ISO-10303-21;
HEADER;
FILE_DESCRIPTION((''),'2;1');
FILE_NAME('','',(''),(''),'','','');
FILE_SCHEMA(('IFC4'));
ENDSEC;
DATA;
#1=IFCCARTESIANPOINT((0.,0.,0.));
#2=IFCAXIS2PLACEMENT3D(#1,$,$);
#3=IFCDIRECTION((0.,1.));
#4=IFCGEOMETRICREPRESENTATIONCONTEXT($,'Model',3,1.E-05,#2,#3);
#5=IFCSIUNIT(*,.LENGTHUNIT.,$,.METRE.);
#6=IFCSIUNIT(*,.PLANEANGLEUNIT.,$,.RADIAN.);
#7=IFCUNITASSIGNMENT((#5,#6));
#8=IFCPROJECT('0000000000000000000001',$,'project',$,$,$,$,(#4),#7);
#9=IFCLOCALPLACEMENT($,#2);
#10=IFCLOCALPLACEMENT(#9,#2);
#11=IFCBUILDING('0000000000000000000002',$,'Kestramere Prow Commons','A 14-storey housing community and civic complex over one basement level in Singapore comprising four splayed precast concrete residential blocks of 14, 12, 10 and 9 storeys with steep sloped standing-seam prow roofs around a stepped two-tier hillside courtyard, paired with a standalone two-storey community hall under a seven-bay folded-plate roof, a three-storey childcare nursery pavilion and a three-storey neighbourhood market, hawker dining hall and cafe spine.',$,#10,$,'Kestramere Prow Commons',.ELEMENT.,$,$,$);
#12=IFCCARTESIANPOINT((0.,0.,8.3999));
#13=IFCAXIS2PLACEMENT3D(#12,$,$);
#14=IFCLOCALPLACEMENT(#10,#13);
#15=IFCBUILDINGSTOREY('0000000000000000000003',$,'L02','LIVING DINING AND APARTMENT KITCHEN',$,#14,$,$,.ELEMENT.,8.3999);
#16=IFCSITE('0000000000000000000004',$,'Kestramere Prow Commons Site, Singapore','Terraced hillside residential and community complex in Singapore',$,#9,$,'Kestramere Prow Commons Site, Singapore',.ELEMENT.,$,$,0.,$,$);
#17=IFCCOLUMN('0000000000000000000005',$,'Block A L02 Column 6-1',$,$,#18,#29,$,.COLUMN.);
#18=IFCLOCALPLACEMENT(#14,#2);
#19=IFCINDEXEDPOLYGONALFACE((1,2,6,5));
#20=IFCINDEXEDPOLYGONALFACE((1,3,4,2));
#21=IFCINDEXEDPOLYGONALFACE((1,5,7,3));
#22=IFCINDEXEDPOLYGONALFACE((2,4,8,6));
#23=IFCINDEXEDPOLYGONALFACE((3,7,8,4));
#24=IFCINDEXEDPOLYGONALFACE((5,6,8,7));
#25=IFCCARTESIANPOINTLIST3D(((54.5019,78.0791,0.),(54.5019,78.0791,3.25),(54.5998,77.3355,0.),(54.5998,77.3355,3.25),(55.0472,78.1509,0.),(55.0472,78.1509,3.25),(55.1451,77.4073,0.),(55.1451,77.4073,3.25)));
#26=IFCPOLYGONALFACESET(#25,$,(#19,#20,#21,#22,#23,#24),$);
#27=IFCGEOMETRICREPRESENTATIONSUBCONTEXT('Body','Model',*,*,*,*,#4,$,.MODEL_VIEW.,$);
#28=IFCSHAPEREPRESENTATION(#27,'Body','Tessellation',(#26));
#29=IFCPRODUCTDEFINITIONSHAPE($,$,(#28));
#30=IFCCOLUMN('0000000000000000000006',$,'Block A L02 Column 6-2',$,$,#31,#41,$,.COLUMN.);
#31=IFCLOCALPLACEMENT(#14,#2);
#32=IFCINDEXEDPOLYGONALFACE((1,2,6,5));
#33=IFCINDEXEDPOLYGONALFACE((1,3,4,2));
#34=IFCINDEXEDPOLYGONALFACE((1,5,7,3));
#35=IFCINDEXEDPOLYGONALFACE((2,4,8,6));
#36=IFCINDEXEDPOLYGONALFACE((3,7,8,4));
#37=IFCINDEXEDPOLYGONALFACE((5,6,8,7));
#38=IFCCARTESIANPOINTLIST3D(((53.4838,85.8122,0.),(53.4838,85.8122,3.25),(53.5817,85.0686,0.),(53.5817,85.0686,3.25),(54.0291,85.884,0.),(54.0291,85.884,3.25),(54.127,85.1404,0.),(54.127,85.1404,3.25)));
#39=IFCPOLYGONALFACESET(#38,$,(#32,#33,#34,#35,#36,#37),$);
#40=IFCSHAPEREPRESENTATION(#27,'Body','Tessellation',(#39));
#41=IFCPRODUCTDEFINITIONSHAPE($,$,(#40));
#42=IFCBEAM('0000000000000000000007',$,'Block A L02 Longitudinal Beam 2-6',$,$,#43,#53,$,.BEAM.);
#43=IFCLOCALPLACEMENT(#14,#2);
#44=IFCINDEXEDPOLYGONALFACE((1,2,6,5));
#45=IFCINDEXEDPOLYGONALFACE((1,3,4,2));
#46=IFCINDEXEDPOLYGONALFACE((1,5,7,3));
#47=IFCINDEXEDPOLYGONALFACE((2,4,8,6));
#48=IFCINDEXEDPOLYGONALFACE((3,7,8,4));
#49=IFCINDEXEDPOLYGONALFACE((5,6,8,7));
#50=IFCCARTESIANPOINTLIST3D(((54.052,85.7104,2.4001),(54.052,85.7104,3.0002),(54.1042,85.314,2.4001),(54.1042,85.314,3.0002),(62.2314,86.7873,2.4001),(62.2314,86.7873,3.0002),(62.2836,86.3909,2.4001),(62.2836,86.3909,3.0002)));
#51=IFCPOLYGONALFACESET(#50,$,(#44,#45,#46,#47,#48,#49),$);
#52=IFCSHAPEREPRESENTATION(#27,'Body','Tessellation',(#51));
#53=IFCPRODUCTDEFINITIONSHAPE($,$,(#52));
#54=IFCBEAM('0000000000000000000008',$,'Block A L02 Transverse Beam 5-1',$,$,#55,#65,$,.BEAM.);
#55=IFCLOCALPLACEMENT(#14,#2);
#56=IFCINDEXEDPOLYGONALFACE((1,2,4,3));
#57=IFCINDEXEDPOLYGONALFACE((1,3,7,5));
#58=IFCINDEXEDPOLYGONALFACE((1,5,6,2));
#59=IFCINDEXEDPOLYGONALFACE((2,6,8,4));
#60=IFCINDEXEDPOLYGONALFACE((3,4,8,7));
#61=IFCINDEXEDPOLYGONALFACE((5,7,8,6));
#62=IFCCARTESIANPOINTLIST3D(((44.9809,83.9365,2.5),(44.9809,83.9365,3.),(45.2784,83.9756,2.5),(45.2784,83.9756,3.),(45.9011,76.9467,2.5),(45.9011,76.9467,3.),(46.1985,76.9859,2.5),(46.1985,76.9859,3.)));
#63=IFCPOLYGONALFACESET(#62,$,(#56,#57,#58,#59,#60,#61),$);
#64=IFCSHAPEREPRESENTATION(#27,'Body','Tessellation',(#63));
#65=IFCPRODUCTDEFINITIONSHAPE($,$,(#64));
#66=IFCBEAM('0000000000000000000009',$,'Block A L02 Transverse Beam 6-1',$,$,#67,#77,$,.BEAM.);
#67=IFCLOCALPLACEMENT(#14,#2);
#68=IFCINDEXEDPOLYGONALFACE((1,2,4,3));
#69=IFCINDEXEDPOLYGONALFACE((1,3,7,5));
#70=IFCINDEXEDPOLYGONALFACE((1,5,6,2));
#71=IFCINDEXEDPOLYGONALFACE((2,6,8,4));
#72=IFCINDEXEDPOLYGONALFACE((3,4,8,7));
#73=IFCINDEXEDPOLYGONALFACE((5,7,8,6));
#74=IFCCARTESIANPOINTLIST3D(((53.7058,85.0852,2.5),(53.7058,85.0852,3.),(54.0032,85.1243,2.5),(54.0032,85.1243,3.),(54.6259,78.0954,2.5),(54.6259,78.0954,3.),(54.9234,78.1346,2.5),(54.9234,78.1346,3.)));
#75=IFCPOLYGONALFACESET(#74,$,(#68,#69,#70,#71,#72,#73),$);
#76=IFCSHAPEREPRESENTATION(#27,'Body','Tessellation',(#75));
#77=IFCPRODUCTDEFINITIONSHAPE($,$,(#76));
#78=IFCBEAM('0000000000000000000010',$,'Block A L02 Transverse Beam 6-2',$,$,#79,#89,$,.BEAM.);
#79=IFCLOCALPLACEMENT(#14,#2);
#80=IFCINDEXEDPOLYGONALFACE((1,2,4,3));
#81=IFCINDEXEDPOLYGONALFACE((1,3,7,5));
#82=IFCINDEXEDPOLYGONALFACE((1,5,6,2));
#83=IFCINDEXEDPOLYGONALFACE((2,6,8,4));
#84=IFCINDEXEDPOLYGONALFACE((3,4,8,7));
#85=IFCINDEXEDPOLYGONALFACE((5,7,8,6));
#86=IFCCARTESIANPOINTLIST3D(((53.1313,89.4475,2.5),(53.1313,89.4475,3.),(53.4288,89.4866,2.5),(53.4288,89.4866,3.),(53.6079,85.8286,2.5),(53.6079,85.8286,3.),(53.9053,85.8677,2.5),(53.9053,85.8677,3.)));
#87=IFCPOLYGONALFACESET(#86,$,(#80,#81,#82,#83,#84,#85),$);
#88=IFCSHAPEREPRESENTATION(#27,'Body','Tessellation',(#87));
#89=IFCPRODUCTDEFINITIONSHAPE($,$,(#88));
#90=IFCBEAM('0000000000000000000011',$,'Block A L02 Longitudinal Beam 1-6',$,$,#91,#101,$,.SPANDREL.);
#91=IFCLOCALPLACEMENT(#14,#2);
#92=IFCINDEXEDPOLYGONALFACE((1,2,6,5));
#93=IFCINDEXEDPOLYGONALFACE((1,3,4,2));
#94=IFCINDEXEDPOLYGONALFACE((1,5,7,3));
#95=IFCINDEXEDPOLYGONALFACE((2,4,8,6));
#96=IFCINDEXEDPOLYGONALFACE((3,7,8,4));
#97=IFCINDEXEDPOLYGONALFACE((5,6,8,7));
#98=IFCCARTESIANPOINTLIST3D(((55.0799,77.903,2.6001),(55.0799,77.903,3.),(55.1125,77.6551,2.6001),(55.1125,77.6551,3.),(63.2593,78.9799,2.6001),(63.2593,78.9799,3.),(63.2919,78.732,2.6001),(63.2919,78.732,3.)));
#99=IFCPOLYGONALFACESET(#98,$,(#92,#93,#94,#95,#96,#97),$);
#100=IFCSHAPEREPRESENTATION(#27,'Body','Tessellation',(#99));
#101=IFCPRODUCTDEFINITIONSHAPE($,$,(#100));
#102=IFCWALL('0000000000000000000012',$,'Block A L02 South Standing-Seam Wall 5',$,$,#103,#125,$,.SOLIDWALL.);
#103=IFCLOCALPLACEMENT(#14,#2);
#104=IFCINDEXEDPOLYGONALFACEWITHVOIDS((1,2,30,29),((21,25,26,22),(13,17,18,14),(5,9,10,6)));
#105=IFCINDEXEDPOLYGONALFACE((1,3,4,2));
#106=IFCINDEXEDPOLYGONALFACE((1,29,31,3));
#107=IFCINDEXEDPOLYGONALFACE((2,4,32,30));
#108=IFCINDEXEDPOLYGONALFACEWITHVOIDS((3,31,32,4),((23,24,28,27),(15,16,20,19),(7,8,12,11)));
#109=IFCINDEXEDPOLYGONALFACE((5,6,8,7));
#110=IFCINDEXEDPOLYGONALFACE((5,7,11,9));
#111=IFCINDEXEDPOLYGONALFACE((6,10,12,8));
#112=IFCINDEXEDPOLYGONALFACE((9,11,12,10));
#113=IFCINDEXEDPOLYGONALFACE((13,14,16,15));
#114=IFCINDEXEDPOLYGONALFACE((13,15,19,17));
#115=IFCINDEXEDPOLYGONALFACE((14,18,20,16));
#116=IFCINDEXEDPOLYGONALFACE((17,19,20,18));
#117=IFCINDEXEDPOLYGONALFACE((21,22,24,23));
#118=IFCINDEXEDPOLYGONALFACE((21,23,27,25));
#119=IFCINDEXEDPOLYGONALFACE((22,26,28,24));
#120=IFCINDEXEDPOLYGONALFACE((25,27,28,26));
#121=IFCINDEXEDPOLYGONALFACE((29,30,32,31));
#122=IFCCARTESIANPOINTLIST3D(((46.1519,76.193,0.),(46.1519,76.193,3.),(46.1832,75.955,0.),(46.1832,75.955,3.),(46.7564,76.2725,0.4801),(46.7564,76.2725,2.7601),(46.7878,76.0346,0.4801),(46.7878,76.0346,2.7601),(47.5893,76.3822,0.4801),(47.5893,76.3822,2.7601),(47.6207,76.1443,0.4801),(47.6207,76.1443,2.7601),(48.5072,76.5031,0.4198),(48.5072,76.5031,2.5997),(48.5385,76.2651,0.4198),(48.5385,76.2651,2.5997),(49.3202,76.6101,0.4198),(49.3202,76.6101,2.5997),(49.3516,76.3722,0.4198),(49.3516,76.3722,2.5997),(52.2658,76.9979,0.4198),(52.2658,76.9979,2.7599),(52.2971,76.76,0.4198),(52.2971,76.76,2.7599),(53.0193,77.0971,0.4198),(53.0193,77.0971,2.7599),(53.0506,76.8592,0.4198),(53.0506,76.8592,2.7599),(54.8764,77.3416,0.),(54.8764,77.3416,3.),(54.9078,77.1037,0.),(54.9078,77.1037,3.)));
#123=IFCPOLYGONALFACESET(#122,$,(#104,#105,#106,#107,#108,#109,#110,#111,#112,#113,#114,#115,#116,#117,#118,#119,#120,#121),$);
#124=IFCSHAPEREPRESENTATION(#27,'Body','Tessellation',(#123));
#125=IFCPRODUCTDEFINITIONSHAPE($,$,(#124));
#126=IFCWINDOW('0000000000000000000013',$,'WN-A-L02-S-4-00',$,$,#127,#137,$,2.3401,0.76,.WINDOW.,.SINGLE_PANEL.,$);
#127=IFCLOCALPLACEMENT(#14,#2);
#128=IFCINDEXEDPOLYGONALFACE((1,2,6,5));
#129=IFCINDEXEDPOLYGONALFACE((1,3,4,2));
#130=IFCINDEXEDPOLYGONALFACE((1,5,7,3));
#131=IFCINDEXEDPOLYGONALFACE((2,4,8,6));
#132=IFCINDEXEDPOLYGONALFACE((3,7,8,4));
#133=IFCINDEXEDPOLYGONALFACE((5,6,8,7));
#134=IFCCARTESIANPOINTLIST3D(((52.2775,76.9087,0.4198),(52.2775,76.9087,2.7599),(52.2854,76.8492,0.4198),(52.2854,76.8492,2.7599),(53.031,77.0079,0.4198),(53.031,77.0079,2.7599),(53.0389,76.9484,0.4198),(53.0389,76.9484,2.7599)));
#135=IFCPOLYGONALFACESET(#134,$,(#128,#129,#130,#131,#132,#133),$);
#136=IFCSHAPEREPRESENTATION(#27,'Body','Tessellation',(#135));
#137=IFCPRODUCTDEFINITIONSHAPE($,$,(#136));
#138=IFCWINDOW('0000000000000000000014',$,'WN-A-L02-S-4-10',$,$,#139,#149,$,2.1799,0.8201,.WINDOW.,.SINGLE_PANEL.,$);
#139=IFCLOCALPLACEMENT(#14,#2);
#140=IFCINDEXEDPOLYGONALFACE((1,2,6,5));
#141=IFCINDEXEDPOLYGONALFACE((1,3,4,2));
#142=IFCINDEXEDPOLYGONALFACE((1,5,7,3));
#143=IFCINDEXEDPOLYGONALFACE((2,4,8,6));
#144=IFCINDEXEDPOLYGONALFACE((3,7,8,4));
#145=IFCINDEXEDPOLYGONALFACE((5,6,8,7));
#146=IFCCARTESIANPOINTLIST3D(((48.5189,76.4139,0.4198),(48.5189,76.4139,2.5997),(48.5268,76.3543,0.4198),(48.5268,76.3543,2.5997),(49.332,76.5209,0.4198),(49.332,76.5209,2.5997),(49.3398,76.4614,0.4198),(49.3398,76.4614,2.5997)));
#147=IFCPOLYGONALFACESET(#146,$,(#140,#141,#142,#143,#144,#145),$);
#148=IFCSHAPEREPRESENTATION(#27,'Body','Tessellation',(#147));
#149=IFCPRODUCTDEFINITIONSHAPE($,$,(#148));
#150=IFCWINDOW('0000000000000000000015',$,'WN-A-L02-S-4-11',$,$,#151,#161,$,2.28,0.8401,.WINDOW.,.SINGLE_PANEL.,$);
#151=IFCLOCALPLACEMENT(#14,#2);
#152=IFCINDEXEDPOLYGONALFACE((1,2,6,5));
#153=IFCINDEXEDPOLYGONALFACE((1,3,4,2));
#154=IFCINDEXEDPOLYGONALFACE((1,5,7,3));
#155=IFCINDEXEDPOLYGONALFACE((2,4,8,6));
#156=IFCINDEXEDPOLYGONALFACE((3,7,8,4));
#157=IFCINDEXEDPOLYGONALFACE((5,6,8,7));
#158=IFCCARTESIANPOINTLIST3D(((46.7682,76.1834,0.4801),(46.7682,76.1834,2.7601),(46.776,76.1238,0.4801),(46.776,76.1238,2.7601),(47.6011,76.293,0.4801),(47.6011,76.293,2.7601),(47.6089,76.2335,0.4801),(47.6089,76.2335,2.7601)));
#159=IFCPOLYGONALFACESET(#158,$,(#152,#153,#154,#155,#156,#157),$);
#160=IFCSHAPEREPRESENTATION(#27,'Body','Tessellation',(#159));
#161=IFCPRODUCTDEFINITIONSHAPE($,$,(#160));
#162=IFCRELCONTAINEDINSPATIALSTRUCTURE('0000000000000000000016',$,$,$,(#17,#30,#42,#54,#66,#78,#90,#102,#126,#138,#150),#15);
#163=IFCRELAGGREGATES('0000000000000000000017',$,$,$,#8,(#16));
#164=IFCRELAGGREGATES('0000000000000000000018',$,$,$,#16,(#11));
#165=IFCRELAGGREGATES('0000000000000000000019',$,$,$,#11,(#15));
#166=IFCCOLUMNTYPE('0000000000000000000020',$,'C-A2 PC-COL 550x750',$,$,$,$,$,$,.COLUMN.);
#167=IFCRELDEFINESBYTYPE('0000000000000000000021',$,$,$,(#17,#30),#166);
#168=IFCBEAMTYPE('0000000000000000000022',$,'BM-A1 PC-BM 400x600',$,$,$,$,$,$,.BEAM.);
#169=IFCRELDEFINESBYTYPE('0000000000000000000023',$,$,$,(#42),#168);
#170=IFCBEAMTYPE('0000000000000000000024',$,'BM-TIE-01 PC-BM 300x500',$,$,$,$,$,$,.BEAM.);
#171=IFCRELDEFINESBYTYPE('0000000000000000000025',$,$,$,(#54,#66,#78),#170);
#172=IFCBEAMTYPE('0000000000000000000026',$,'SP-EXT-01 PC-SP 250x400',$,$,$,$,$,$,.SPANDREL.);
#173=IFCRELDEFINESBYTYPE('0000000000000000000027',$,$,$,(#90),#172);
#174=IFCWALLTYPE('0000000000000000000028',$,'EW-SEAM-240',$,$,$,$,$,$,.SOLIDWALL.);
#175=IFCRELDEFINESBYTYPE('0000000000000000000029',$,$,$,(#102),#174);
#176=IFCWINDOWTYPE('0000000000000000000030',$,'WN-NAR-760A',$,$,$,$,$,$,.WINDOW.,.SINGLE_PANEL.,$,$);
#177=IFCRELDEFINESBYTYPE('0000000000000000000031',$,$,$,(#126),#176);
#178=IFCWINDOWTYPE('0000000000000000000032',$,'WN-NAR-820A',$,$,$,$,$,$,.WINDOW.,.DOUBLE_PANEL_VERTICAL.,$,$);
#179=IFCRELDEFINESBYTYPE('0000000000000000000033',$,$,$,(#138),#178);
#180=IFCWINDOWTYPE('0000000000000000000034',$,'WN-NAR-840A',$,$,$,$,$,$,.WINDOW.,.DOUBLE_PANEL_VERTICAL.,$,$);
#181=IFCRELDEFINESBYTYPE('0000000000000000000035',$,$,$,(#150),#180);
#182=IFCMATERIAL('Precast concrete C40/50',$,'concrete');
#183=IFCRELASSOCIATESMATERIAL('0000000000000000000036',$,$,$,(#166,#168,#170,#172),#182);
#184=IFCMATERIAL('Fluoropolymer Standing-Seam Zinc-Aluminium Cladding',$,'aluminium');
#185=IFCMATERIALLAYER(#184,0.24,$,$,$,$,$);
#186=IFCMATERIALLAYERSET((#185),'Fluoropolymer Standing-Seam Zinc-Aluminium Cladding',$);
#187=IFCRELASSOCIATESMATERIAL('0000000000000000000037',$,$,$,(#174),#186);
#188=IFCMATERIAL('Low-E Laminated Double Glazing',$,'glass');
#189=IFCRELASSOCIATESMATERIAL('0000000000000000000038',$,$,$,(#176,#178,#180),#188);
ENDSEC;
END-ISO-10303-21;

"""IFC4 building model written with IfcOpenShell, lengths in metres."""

from ifc_helpers import new_model, si_unit, direction, frame, frame_2d, origin, origin_2d, place, context, subcontext, project, spatial, rectangle, extrude, material, layer, layer_set, material_profile, profile_set, type_object, element, fill, save


model = new_model("IFC4")

# Units and contexts
model_context = context("Model", 3, precision=1e-05, world=origin(), true_north=direction((0.0, 1.0)))
body_context = subcontext(model_context, "Body", "Model", "MODEL_VIEW")
ifc_project = project(units=[si_unit("LENGTHUNIT", "METRE"), si_unit("PLANEANGLEUNIT", "RADIAN")], contexts=[model_context])

# Site, building, storey
site_placement = place(None, origin())
site = spatial("IfcSite", under=ifc_project, at=site_placement, Name="Kestramere Prow Commons Site, Singapore", Description="Terraced hillside residential and community complex in Singapore", LongName="Kestramere Prow Commons Site, Singapore", CompositionType="ELEMENT", RefElevation=0.0)
building_placement = place(site_placement, origin())
building = spatial("IfcBuilding", under=site, at=building_placement, Name="Kestramere Prow Commons", Description="A 14-storey housing community and civic complex over one basement level in Singapore comprising four splayed precast concrete residential blocks of 14, 12, 10 and 9 storeys with steep sloped standing-seam prow roofs around a stepped two-tier hillside courtyard, paired with a standalone two-storey community hall under a seven-bay folded-plate roof, a three-storey childcare nursery pavilion and a three-storey neighbourhood market, hawker dining hall and cafe spine.", LongName="Kestramere Prow Commons", CompositionType="ELEMENT")
storey_placement = place(building_placement, frame((0.0, 0.0, 8.3999)))
storey = spatial("IfcBuildingStorey", under=building, at=storey_placement, Name="L02", Description="LIVING DINING AND APARTMENT KITCHEN", CompositionType="ELEMENT", Elevation=8.3999)

# Columns
ifc_material_1 = material(Name="Precast concrete C40/50", Category="concrete")
ifc_material_profile_1 = material_profile(ifc_material_1, rectangle(XDim=0.55, YDim=0.75, at=origin_2d()), Name="PC-COL 550x750")
ifc_profile_set_1 = profile_set([ifc_material_profile_1], Name="Precast concrete C40/50")
column_type = type_object("IfcColumnType", Name="C-A2 PC-COL 550x750", PredefinedType="COLUMN", material=ifc_profile_set_1)
for number, where, z_axis, x_axis, name in (
    (1, (54.8235, 77.7432, 0.0), (0.0, 0.0, 1.0), (0.991445, 0.130526, 0.0), "Block A L02 Column 6-1"),
    (2, (53.8054, 85.4763, 0.0), (0.0, 0.0, 1.0), (0.991445, 0.130526, 0.0), "Block A L02 Column 6-2"),
):
    element("IfcColumn", number, at=place(storey_placement, frame(where, z_axis=z_axis, x_axis=x_axis)), inside=storey, type_object=column_type, Name=name, PredefinedType="COLUMN", context=body_context, shape_type="SweptSolid", body=[
        extrude(rectangle(XDim=0.55, YDim=0.75, at=origin_2d()), origin(), (0.0, 0.0, 1.0), 3.25),
    ])

# Beams
ifc_material_profile_2 = material_profile(ifc_material_1, rectangle(XDim=0.3999, YDim=0.6001, at=origin_2d()), Name="PC-BM 400x600")
ifc_profile_set_2 = profile_set([ifc_material_profile_2], Name="Precast concrete C40/50")
beam_type_1 = type_object("IfcBeamType", Name="BM-A1 PC-BM 400x600", PredefinedType="BEAM", material=ifc_profile_set_2)
beam_1_placement = place(storey_placement, frame((54.0781, 85.5122, 2.7002), z_axis=(0.991444, 0.130533, 0.0), x_axis=(-0.130533, 0.991444, 0.0)))
element("IfcBeam", 3, at=beam_1_placement, inside=storey, type_object=beam_type_1, Name="Block A L02 Longitudinal Beam 2-6", PredefinedType="BEAM", context=body_context, shape_type="SweptSolid", body=[
    extrude(rectangle(XDim=0.3999, YDim=0.6001, at=origin_2d()), origin(), (0.0, 0.0, 1.0), 8.25),
])
ifc_material_profile_3 = material_profile(ifc_material_1, rectangle(XDim=0.3, YDim=0.5, at=origin_2d()), Name="PC-BM 300x500")
ifc_profile_set_3 = profile_set([ifc_material_profile_3], Name="Precast concrete C40/50")
beam_type_2 = type_object("IfcBeamType", Name="BM-TIE-01 PC-BM 300x500", PredefinedType="BEAM", material=ifc_profile_set_3)
for number, where, z_axis, x_axis, name in (
    (4, (46.0498, 76.9663, 2.75), (-0.130519, 0.991446, 0.0), (-0.991446, -0.130519, 0.0), "Block A L02 Transverse Beam 5-1"),
    (5, (54.7747, 78.115, 2.75), (-0.130519, 0.991446, 0.0), (-0.991446, -0.130519, 0.0), "Block A L02 Transverse Beam 6-1"),
):
    element("IfcBeam", number, at=place(storey_placement, frame(where, z_axis=z_axis, x_axis=x_axis)), inside=storey, type_object=beam_type_2, Name=name, PredefinedType="BEAM", context=body_context, shape_type="SweptSolid", body=[
        extrude(rectangle(XDim=0.3, YDim=0.5, at=origin_2d()), origin(), (0.0, 0.0, 1.0), 7.05),
    ])
beam_2_placement = place(storey_placement, frame((53.7566, 85.8481, 2.75), z_axis=(-0.13056, 0.99144, 0.0), x_axis=(-0.99144, -0.13056, 0.0)))
element("IfcBeam", 6, at=beam_2_placement, inside=storey, type_object=beam_type_2, Name="Block A L02 Transverse Beam 6-2", PredefinedType="BEAM", context=body_context, shape_type="SweptSolid", body=[
    extrude(rectangle(XDim=0.3, YDim=0.5, at=origin_2d()), origin(), (0.0, 0.0, 1.0), 3.6501),
])
ifc_material_profile_4 = material_profile(ifc_material_1, rectangle(XDim=0.25, YDim=0.3999, at=origin_2d()), Name="PC-SP 250x400")
ifc_profile_set_4 = profile_set([ifc_material_profile_4], Name="Precast concrete C40/50")
beam_type_3 = type_object("IfcBeamType", Name="SP-EXT-01 PC-SP 250x400", PredefinedType="SPANDREL", material=ifc_profile_set_4)
beam_3_placement = place(storey_placement, frame((55.0962, 77.7791, 2.8), z_axis=(0.991444, 0.130533, 0.0), x_axis=(-0.130533, 0.991444, 0.0)))
element("IfcBeam", 7, at=beam_3_placement, inside=storey, type_object=beam_type_3, Name="Block A L02 Longitudinal Beam 1-6", PredefinedType="SPANDREL", context=body_context, shape_type="SweptSolid", body=[
    extrude(rectangle(XDim=0.25, YDim=0.3999, at=origin_2d()), origin(), (0.0, 0.0, 1.0), 8.25),
])

# Wall, openings, windows
ifc_material_2 = material(Name="Fluoropolymer Standing-Seam Zinc-Aluminium Cladding", Category="aluminium")
ifc_layer_1 = layer(ifc_material_2, 0.24)
ifc_layer_set_1 = layer_set([ifc_layer_1], Name="Fluoropolymer Standing-Seam Zinc-Aluminium Cladding")
wall_type_1 = type_object("IfcWallType", Name="EW-SEAM-240", PredefinedType="SOLIDWALL", material=ifc_layer_set_1)
wall_1_placement = place(storey_placement, frame((54.8921, 77.2227, 0.0), z_axis=(0.0, 0.0, 1.0), x_axis=(-0.991444, -0.130533, 0.0)))
wall_1 = element("IfcWall", 8, at=wall_1_placement, inside=storey, type_object=wall_type_1, Name="Block A L02 South Standing-Seam Wall 5", PredefinedType="SOLIDWALL", context=body_context, shape_type="SweptSolid", body=[
    extrude(rectangle(XDim=8.7998, YDim=0.24, at=frame_2d((4.3999, 0.0))), origin(), (0.0, 0.0, 1.0), 3.0),
])
opening_1_placement = place(wall_1_placement, frame((1.8733, 0.0, 0.4199)))
opening_1 = element("IfcOpeningElement", 9, at=opening_1_placement, cuts=wall_1, PredefinedType="OPENING", context=body_context, shape_type="SweptSolid", body=[
    extrude(rectangle(XDim=0.76, YDim=2.3401, at=frame_2d((0.3799, 1.1699))), frame((0.0, 0.135, 0.0), z_axis=(0.0, -1.0, 0.0), x_axis=(1.0, 0.0, 0.0)), (0.0, 0.0, 1.0), 0.27),
])
opening_2_placement = place(wall_1_placement, frame((5.604, 0.0, 0.4199)))
opening_2 = element("IfcOpeningElement", 10, at=opening_2_placement, cuts=wall_1, PredefinedType="OPENING", context=body_context, shape_type="SweptSolid", body=[
    extrude(rectangle(XDim=0.8201, YDim=2.1799, at=frame_2d((0.4102, 1.0898))), frame((0.0, 0.135, 0.0), z_axis=(0.0, -1.0, 0.0), x_axis=(1.0, 0.0, 0.0)), (0.0, 0.0, 1.0), 0.27),
])
opening_3_placement = place(wall_1_placement, frame((7.3501, 0.0, 0.48)))
opening_3 = element("IfcOpeningElement", 11, at=opening_3_placement, cuts=wall_1, PredefinedType="OPENING", context=body_context, shape_type="SweptSolid", body=[
    extrude(rectangle(XDim=0.8401, YDim=2.28, at=frame_2d((0.4199, 1.1401))), frame((0.0, 0.135, 0.0), z_axis=(0.0, -1.0, 0.0), x_axis=(1.0, 0.0, 0.0)), (0.0, 0.0, 1.0), 0.27),
])
ifc_material_3 = material(Name="Low-E Laminated Double Glazing", Category="glass")
window_type_1 = type_object("IfcWindowType", Name="WN-NAR-760A", PartitioningType="SINGLE_PANEL", PredefinedType="WINDOW", material=ifc_material_3)
window_1_placement = place(opening_1_placement, origin())
window_1 = element("IfcWindow", 12, at=window_1_placement, inside=storey, type_object=window_type_1, Name="WN-A-L02-S-4-00", OverallHeight=2.3401, OverallWidth=0.76, PartitioningType="SINGLE_PANEL", PredefinedType="WINDOW", context=body_context, shape_type="SweptSolid", body=[
    extrude(rectangle(XDim=0.76, YDim=2.3401, at=frame_2d((0.3799, 1.1699))), frame((0.0, 0.03, 0.0), z_axis=(0.0, -1.0, 0.0), x_axis=(1.0, 0.0, 0.0)), (0.0, 0.0, 1.0), 0.0601),
])
fill(opening_1, window_1)
window_type_2 = type_object("IfcWindowType", Name="WN-NAR-820A", PartitioningType="DOUBLE_PANEL_VERTICAL", PredefinedType="WINDOW", material=ifc_material_3)
window_2_placement = place(opening_2_placement, origin())
window_2 = element("IfcWindow", 13, at=window_2_placement, inside=storey, type_object=window_type_2, Name="WN-A-L02-S-4-10", OverallHeight=2.1799, OverallWidth=0.8201, PartitioningType="SINGLE_PANEL", PredefinedType="WINDOW", context=body_context, shape_type="SweptSolid", body=[
    extrude(rectangle(XDim=0.8201, YDim=2.1799, at=frame_2d((0.4102, 1.0898))), frame((0.0, 0.03, 0.0), z_axis=(0.0, -1.0, 0.0), x_axis=(1.0, 0.0, 0.0)), (0.0, 0.0, 1.0), 0.0601),
])
fill(opening_2, window_2)
window_type_3 = type_object("IfcWindowType", Name="WN-NAR-840A", PartitioningType="DOUBLE_PANEL_VERTICAL", PredefinedType="WINDOW", material=ifc_material_3)
window_3_placement = place(opening_3_placement, origin())
window_3 = element("IfcWindow", 14, at=window_3_placement, inside=storey, type_object=window_type_3, Name="WN-A-L02-S-4-11", OverallHeight=2.28, OverallWidth=0.8401, PartitioningType="SINGLE_PANEL", PredefinedType="WINDOW", context=body_context, shape_type="SweptSolid", body=[
    extrude(rectangle(XDim=0.8401, YDim=2.28, at=frame_2d((0.4199, 1.1401))), frame((0.0, 0.03, 0.0), z_axis=(0.0, -1.0, 0.0), x_axis=(1.0, 0.0, 0.0)), (0.0, 0.0, 1.0), 0.0601),
])
fill(opening_3, window_3)

save(model, "model.ifc")
